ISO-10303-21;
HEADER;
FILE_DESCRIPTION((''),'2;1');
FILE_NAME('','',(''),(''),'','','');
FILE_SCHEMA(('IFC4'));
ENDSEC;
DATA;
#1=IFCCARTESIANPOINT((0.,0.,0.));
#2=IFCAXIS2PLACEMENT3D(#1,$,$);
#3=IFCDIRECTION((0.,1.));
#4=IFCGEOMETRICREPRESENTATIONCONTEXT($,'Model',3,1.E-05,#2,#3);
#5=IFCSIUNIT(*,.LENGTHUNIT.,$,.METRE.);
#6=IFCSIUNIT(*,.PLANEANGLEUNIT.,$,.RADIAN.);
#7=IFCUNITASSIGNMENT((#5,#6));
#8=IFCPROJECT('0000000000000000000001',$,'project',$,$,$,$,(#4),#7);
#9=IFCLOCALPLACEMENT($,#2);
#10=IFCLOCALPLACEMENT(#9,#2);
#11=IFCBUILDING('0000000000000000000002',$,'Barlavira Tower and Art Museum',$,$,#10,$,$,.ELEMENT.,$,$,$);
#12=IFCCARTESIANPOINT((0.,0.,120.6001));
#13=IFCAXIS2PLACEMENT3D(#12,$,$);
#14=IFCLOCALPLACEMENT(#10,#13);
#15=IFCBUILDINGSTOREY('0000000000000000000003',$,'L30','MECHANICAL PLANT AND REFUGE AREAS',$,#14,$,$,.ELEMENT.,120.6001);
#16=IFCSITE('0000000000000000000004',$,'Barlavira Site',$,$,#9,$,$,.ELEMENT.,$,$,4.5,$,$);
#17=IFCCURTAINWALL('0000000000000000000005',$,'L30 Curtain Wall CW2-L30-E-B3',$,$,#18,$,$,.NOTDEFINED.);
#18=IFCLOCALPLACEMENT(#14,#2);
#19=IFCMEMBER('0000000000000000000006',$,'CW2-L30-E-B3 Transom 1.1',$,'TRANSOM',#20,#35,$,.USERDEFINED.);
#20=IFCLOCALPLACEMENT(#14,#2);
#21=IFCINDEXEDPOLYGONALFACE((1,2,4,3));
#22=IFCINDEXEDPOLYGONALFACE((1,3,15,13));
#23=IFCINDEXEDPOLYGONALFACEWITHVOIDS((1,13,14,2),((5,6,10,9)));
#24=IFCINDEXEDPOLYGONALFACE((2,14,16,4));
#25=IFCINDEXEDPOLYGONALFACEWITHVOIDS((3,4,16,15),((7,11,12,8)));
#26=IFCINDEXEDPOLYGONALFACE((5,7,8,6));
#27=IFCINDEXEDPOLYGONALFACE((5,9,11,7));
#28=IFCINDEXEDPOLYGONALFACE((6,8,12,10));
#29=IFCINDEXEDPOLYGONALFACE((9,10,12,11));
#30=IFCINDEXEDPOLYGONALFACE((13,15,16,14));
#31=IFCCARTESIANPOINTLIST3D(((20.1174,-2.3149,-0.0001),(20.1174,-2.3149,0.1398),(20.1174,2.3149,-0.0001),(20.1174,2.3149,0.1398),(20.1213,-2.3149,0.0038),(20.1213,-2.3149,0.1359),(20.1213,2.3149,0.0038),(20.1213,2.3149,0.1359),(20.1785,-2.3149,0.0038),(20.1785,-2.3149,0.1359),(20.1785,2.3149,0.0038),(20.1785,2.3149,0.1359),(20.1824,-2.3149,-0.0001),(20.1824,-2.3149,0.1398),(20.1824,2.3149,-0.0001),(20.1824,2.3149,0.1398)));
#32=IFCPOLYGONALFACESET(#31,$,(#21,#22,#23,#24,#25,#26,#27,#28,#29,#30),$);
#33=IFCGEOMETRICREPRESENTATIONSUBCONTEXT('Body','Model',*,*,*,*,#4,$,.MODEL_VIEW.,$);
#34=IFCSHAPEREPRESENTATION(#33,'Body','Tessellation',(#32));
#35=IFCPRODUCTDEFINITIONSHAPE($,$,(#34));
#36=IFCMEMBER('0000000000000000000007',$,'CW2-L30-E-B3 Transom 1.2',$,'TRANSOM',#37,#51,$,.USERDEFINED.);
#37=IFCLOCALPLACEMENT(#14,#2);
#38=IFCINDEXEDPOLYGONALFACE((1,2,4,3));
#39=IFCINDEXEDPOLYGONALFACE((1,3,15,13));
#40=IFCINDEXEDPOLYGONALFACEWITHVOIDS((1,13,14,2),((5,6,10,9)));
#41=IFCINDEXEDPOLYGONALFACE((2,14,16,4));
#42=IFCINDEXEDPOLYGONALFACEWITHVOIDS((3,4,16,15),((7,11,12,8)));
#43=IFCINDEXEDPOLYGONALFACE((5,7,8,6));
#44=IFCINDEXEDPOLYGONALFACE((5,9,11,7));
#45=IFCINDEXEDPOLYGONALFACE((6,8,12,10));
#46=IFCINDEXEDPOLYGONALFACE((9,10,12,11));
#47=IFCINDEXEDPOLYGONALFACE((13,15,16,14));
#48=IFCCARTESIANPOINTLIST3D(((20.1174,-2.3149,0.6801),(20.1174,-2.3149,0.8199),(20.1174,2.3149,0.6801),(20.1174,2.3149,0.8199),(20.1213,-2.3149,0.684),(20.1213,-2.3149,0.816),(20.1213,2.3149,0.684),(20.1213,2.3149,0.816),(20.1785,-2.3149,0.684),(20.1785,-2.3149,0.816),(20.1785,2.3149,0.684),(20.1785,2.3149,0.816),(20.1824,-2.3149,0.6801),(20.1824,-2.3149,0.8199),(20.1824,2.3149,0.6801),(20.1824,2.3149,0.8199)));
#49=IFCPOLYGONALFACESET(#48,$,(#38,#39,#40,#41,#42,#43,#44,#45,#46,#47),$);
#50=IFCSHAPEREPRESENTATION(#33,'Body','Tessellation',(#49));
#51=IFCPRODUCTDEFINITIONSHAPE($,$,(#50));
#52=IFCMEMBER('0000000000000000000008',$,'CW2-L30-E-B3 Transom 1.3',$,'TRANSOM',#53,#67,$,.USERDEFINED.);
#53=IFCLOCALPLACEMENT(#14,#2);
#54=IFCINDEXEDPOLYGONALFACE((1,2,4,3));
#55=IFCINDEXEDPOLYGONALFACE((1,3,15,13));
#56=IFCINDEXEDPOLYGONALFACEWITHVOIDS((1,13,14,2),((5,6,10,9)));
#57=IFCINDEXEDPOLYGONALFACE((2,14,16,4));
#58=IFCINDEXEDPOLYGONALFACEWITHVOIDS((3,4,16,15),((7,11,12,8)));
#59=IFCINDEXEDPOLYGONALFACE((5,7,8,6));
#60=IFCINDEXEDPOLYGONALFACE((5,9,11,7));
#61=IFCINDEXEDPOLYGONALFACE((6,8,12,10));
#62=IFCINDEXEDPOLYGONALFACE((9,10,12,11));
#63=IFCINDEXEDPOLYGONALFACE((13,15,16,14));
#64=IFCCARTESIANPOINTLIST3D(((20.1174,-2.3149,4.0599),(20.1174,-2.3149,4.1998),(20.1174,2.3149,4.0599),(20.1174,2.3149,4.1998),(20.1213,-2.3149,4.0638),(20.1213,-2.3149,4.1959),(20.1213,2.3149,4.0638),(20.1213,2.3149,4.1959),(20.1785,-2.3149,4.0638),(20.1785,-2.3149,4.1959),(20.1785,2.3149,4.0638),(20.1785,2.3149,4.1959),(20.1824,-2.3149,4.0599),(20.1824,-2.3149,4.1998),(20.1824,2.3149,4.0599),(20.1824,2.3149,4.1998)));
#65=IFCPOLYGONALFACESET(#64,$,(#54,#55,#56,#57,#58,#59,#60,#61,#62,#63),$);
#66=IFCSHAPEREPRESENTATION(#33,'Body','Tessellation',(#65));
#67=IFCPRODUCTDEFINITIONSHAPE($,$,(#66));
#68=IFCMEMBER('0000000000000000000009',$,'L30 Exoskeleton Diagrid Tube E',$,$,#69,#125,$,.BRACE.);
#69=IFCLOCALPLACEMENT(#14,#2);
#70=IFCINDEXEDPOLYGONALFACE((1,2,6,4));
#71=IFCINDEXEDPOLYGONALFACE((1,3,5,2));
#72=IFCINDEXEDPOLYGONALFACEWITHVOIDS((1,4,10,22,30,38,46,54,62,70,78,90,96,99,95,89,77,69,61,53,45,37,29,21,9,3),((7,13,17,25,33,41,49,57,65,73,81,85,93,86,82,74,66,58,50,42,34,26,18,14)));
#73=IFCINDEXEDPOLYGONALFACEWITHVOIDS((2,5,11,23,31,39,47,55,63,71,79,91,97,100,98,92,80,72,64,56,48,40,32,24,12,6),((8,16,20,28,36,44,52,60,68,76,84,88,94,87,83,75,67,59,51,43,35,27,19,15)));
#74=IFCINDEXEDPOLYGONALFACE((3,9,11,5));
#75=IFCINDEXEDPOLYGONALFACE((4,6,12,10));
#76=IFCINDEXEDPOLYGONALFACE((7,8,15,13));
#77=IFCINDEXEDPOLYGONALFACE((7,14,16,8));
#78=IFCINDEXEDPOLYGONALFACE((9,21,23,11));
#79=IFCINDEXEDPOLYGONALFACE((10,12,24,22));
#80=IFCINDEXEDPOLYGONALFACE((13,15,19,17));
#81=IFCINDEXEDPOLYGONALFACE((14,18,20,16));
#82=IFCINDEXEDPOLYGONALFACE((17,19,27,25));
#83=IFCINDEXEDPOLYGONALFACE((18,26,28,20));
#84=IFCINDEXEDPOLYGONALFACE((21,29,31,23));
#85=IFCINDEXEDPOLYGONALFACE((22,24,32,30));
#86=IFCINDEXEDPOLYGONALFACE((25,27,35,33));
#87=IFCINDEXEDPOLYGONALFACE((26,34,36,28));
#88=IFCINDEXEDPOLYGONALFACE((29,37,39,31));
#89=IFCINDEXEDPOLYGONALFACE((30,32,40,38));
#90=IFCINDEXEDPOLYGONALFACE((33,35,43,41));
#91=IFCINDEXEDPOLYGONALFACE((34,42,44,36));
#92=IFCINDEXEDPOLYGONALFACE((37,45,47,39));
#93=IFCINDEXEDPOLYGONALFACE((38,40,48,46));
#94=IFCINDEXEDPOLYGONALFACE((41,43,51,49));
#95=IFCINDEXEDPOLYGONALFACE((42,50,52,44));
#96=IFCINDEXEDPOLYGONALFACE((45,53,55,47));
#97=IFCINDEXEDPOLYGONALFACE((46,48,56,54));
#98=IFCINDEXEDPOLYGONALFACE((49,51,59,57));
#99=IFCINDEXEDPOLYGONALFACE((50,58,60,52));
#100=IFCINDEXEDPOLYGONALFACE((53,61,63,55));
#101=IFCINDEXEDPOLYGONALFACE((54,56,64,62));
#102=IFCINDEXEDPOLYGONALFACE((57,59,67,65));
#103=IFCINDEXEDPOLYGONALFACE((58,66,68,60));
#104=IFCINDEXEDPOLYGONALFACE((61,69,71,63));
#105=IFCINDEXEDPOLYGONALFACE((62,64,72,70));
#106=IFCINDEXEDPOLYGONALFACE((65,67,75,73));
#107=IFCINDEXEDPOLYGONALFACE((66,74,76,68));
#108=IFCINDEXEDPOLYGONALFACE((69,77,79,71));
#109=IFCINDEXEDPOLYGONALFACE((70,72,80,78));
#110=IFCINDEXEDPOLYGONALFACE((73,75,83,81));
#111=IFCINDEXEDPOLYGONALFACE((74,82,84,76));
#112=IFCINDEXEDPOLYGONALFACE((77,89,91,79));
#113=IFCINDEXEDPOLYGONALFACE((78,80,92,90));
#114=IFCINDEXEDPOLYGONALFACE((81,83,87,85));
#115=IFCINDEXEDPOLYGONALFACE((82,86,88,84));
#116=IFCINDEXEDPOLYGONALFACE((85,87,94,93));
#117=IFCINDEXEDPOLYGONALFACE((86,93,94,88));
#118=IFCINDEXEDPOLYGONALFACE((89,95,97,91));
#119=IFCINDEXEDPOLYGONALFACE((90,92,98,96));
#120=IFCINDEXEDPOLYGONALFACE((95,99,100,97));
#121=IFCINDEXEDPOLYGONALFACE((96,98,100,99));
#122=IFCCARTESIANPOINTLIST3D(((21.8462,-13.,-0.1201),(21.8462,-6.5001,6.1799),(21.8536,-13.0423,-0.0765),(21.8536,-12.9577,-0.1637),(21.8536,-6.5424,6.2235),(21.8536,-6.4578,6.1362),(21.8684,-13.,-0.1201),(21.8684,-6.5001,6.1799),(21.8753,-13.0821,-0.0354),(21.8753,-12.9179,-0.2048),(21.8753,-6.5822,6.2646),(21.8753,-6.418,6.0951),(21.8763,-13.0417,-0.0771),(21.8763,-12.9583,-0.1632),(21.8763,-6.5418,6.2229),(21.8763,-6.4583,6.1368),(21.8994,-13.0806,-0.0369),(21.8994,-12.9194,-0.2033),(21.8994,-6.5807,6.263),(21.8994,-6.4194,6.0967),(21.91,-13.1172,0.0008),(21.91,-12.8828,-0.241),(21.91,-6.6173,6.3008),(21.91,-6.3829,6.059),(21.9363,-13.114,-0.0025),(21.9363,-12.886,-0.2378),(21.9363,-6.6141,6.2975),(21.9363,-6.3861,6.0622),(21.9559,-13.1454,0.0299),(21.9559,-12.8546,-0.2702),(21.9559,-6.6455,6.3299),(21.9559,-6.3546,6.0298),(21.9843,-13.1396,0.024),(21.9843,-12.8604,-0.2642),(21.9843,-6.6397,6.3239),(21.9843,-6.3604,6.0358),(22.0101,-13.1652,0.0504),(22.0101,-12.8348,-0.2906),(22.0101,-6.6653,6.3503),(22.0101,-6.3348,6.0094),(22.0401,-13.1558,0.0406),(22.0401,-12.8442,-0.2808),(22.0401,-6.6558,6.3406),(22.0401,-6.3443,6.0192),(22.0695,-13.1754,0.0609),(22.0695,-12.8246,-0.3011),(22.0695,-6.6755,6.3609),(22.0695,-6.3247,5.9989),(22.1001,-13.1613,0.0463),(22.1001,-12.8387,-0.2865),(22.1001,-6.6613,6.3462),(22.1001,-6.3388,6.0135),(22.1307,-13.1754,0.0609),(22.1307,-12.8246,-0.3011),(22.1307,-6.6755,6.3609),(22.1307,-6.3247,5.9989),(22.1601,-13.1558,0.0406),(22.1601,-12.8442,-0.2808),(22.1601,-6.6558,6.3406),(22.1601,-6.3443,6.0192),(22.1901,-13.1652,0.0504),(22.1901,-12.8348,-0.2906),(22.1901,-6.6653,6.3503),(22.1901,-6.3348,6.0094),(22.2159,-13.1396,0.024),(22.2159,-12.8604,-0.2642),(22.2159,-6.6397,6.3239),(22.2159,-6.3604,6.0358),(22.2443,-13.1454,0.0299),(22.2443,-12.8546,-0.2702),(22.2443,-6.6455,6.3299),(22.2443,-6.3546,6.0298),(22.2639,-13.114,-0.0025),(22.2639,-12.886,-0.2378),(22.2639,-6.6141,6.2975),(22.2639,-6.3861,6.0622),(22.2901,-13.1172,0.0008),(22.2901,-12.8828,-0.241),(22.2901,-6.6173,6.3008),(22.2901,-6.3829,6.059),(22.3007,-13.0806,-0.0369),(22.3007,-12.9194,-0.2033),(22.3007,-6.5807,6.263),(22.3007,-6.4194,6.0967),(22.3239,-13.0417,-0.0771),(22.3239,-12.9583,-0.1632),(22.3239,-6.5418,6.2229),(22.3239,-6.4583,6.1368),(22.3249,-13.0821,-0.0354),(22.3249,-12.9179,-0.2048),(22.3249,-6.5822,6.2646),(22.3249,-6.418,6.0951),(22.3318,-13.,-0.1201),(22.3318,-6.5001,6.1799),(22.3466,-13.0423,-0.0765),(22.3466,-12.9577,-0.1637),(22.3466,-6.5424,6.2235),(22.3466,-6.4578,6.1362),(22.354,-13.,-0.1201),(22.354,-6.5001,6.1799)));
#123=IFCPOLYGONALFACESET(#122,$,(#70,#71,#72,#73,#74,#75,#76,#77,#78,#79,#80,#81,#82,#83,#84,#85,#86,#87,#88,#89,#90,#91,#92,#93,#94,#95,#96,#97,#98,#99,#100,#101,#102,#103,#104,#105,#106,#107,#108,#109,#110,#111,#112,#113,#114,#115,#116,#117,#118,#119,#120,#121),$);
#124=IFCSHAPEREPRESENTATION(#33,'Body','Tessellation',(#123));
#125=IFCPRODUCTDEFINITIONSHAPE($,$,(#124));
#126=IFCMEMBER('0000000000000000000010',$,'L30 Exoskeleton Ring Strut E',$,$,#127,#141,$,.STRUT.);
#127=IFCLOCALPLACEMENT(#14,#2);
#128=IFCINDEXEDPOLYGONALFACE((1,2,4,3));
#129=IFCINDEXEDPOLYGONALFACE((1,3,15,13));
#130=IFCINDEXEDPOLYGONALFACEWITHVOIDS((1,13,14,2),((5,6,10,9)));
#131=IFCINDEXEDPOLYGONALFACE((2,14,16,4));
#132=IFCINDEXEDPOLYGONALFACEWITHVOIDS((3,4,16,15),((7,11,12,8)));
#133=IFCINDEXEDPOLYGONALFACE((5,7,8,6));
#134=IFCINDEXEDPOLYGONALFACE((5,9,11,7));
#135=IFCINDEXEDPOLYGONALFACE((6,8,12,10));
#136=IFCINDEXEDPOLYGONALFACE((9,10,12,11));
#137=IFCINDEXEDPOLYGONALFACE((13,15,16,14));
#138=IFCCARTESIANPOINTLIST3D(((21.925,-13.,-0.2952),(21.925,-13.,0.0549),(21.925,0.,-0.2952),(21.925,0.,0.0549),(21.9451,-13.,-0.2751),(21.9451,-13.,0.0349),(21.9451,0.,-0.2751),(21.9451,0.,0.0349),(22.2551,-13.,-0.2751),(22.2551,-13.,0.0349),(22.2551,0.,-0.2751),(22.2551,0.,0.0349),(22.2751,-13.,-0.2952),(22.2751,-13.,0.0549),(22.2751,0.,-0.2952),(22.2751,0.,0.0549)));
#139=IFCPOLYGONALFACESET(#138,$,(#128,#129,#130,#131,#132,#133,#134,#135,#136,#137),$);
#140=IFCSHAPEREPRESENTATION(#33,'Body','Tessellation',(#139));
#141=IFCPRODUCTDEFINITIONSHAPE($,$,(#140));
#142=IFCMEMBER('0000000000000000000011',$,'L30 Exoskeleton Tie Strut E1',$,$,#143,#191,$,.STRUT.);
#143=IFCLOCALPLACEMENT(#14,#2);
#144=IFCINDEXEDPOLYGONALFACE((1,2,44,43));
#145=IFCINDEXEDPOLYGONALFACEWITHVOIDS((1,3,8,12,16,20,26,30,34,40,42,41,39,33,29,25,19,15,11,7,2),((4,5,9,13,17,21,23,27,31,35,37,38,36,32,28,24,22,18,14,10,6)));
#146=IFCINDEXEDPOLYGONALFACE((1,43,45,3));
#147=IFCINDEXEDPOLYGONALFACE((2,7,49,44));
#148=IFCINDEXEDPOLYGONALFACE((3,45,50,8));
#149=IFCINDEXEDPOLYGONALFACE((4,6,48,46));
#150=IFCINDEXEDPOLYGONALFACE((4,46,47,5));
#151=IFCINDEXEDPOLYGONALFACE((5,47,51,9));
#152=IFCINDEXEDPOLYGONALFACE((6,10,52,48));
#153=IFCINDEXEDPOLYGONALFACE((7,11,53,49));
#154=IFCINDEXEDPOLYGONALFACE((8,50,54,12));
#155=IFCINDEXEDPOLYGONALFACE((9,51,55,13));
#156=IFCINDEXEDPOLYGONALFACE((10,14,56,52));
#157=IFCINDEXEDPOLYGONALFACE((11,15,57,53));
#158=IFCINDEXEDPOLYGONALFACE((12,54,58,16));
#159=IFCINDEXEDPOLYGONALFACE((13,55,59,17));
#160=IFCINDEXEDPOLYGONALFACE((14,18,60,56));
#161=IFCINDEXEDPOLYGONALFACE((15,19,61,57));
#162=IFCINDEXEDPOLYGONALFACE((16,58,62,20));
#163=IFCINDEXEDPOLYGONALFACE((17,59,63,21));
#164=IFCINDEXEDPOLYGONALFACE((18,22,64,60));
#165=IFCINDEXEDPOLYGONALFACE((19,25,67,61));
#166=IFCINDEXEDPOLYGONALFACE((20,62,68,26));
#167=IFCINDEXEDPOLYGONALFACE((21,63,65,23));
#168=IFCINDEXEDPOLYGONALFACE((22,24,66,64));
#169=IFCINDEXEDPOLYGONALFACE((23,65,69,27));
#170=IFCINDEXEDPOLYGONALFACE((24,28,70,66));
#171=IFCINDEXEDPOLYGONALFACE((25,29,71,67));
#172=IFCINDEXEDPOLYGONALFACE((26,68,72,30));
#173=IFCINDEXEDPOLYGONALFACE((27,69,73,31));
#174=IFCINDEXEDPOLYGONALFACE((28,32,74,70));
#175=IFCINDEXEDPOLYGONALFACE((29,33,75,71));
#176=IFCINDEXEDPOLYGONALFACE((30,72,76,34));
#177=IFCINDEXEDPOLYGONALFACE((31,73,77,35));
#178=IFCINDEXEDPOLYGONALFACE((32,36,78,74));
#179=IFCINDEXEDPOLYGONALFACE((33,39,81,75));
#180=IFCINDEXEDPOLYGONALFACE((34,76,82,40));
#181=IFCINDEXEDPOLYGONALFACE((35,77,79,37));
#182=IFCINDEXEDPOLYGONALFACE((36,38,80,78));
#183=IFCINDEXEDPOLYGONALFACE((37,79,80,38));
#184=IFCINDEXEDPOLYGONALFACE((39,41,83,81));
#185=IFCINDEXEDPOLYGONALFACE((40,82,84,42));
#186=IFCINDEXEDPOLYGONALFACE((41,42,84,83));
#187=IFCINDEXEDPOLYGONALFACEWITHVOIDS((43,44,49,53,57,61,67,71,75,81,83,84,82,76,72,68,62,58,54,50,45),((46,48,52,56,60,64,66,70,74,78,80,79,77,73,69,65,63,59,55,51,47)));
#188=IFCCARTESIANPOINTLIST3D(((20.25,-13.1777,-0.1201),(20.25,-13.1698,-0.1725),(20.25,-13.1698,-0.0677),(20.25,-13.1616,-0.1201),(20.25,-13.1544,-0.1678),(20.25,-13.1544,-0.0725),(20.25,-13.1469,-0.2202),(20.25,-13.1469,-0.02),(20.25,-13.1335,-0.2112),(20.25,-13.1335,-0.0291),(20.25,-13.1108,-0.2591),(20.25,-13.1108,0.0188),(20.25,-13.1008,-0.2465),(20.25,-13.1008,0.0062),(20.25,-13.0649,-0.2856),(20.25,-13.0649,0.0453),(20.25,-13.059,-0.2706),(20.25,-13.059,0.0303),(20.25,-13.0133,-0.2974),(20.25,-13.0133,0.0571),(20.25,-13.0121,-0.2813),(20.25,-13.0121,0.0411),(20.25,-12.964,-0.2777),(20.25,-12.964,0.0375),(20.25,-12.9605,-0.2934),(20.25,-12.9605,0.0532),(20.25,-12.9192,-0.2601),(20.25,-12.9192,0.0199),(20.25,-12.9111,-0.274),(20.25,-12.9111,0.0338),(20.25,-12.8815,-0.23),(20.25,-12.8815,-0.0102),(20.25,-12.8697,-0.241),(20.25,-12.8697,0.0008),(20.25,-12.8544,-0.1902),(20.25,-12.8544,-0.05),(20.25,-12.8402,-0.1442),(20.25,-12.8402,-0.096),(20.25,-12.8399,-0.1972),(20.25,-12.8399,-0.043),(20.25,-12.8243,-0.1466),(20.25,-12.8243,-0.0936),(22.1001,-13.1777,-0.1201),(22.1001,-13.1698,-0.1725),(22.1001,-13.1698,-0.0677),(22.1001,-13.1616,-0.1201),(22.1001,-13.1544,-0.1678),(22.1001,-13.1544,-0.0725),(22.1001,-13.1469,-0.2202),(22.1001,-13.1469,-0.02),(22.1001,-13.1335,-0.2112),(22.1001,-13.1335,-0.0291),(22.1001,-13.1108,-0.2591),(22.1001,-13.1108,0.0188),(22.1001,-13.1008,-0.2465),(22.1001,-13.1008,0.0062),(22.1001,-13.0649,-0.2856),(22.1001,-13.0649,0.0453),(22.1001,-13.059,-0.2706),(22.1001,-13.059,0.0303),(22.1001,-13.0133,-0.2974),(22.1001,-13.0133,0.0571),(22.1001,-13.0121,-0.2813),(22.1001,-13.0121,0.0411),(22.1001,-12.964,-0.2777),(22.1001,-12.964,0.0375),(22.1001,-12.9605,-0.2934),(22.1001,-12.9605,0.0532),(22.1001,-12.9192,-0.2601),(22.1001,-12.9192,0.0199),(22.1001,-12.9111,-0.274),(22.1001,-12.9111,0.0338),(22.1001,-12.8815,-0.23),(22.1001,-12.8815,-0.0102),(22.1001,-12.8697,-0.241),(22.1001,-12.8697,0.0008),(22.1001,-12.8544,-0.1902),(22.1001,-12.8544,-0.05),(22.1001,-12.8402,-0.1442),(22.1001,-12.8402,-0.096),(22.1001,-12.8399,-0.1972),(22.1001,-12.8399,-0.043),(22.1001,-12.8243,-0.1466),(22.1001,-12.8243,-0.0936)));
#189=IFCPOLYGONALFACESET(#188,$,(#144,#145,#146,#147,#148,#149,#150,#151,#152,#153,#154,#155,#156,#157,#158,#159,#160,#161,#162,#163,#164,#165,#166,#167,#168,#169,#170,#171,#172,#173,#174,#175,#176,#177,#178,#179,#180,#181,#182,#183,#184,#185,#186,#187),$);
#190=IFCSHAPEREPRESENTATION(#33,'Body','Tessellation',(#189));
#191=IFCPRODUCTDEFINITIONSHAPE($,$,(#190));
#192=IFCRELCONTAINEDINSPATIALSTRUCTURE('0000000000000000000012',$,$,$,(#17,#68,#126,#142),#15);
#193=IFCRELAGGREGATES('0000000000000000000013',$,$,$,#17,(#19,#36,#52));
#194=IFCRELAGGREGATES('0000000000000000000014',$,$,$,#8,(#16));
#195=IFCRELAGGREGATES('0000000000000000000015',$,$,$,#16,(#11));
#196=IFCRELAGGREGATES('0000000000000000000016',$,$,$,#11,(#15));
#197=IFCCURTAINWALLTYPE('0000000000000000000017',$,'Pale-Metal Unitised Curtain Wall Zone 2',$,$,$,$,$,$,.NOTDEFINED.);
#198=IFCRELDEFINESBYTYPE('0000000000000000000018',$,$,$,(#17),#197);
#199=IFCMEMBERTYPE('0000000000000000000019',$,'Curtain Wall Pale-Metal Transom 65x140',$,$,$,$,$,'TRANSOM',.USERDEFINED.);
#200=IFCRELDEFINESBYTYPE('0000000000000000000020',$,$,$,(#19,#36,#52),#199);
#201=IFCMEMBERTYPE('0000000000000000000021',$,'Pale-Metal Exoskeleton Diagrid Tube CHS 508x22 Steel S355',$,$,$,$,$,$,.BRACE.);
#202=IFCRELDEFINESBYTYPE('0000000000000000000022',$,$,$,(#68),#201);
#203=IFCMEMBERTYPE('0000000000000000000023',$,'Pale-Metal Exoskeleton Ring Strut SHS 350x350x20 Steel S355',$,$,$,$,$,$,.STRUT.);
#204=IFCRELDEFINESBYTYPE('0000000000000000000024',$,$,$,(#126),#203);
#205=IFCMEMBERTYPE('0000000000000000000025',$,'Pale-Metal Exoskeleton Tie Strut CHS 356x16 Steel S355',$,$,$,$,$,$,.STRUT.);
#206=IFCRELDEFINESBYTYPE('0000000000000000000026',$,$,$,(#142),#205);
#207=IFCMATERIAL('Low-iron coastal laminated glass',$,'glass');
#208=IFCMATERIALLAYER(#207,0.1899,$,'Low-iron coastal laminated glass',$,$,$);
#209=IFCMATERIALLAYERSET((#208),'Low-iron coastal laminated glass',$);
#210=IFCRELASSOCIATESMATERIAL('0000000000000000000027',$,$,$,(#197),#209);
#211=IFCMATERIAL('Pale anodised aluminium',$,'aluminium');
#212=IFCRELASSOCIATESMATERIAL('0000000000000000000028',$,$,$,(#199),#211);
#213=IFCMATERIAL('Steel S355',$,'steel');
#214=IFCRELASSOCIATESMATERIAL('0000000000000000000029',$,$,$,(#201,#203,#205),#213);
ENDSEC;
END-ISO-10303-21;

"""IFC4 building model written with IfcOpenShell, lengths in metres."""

from ifc_helpers import new_model, si_unit, direction, frame, origin, origin_2d, place, context, subcontext, project, spatial, hollow_rectangle, hollow_circle, extrude, material, layer, layer_set, material_profile, profile_set, type_object, element, aggregate, save


model = new_model("IFC4")

# Units and contexts
model_context = context("Model", 3, precision=1e-05, world=origin(), true_north=direction((0.0, 1.0)))
body_context = subcontext(model_context, "Body", "Model", "MODEL_VIEW")
ifc_project = project(units=[si_unit("LENGTHUNIT", "METRE"), si_unit("PLANEANGLEUNIT", "RADIAN")], contexts=[model_context])

# Site, building, storey
site_placement = place(None, origin())
site = spatial("IfcSite", under=ifc_project, at=site_placement, Name="Barlavira Site", CompositionType="ELEMENT", RefElevation=4.5)
building_placement = place(site_placement, origin())
building = spatial("IfcBuilding", under=site, at=building_placement, Name="Barlavira Tower and Art Museum", CompositionType="ELEMENT")
storey_placement = place(building_placement, frame((0.0, 0.0, 120.6001)))
storey = spatial("IfcBuildingStorey", under=building, at=storey_placement, Name="L30", Description="MECHANICAL PLANT AND REFUGE AREAS", CompositionType="ELEMENT", Elevation=120.6001)

# Shared definitions
ifc_material_1 = material(Name="Steel S355", Category="steel")

# Curtain wall, members
ifc_material_2 = material(Name="Low-iron coastal laminated glass", Category="glass")
ifc_layer_1 = layer(ifc_material_2, 0.1899, Name="Low-iron coastal laminated glass")
ifc_layer_set_1 = layer_set([ifc_layer_1], Name="Low-iron coastal laminated glass")
curtain_wall_type = type_object("IfcCurtainWallType", Name="Pale-Metal Unitised Curtain Wall Zone 2", PredefinedType="NOTDEFINED", material=ifc_layer_set_1)
curtain_wall_placement = place(storey_placement, origin())
curtain_wall = element("IfcCurtainWall", 1, at=curtain_wall_placement, inside=storey, type_object=curtain_wall_type, Name="L30 Curtain Wall CW2-L30-E-B3", PredefinedType="NOTDEFINED")
ifc_material_3 = material(Name="Pale anodised aluminium", Category="aluminium")
ifc_material_profile_1 = material_profile(ifc_material_3, hollow_rectangle(XDim=0.0649, YDim=0.1399, WallThickness=0.0039, at=origin_2d()), Name="ALU-TRAN 65x140x4")
ifc_profile_set_1 = profile_set([ifc_material_profile_1], Name="Pale anodised aluminium")
member_type_1 = type_object("IfcMemberType", Name="Curtain Wall Pale-Metal Transom 65x140", ElementType="TRANSOM", PredefinedType="USERDEFINED", material=ifc_profile_set_1)
member_1_placement = place(storey_placement, frame((20.1499, -2.3149, 0.0698), z_axis=(0.0, 1.0, 0.0), x_axis=(-1.0, 0.0, 0.0)))
member_1 = element("IfcMember", 2, at=member_1_placement, type_object=member_type_1, Name="CW2-L30-E-B3 Transom 1.1", ObjectType="TRANSOM", PredefinedType="USERDEFINED", context=body_context, shape_type="SweptSolid", body=[
    extrude(hollow_rectangle(XDim=0.0649, YDim=0.1399, WallThickness=0.0039, at=origin_2d()), origin(), (0.0, 0.0, 1.0), 4.6299),
])
member_2_placement = place(storey_placement, frame((20.1499, -2.3149, 0.75), z_axis=(0.0, 1.0, 0.0), x_axis=(-1.0, 0.0, 0.0)))
member_2 = element("IfcMember", 3, at=member_2_placement, type_object=member_type_1, Name="CW2-L30-E-B3 Transom 1.2", ObjectType="TRANSOM", PredefinedType="USERDEFINED", context=body_context, shape_type="SweptSolid", body=[
    extrude(hollow_rectangle(XDim=0.0649, YDim=0.1399, WallThickness=0.0039, at=origin_2d()), origin(), (0.0, 0.0, 1.0), 4.6299),
])
member_3_placement = place(storey_placement, frame((20.1499, -2.3149, 4.1299), z_axis=(0.0, 1.0, 0.0), x_axis=(-1.0, 0.0, 0.0)))
member_3 = element("IfcMember", 4, at=member_3_placement, type_object=member_type_1, Name="CW2-L30-E-B3 Transom 1.3", ObjectType="TRANSOM", PredefinedType="USERDEFINED", context=body_context, shape_type="SweptSolid", body=[
    extrude(hollow_rectangle(XDim=0.0649, YDim=0.1399, WallThickness=0.0039, at=origin_2d()), origin(), (0.0, 0.0, 1.0), 4.6299),
])

# Members
ifc_material_profile_2 = material_profile(ifc_material_1, hollow_circle(Radius=0.2539, WallThickness=0.0222, at=origin_2d()), Name="CHS 508.0x22.2")
ifc_profile_set_2 = profile_set([ifc_material_profile_2], Name="Steel S355")
member_type_2 = type_object("IfcMemberType", Name="Pale-Metal Exoskeleton Diagrid Tube CHS 508x22 Steel S355", PredefinedType="BRACE", material=ifc_profile_set_2)
member_4_placement = place(storey_placement, frame((22.1001, -13.0, -0.1201), z_axis=(0.0, 0.718065, 0.695976), x_axis=(-1.0, 0.0, 0.0)))
element("IfcMember", 5, at=member_4_placement, inside=storey, type_object=member_type_2, Name="L30 Exoskeleton Diagrid Tube E", PredefinedType="BRACE", context=body_context, shape_type="SweptSolid", body=[
    extrude(hollow_circle(Radius=0.2539, WallThickness=0.0222, at=origin_2d()), origin(), (0.0, 0.0, 1.0), 9.052),
])
ifc_material_profile_3 = material_profile(ifc_material_1, hollow_rectangle(XDim=0.3501, YDim=0.3501, WallThickness=0.02, at=origin_2d()), Name="SHS 350x350x20.0")
ifc_profile_set_3 = profile_set([ifc_material_profile_3], Name="Steel S355")
member_type_3 = type_object("IfcMemberType", Name="Pale-Metal Exoskeleton Ring Strut SHS 350x350x20 Steel S355", PredefinedType="STRUT", material=ifc_profile_set_3)
member_5_placement = place(storey_placement, frame((22.1001, -13.0, -0.1201), z_axis=(0.0, 1.0, 0.0), x_axis=(-1.0, 0.0, 0.0)))
element("IfcMember", 6, at=member_5_placement, inside=storey, type_object=member_type_3, Name="L30 Exoskeleton Ring Strut E", PredefinedType="STRUT", context=body_context, shape_type="SweptSolid", body=[
    extrude(hollow_rectangle(XDim=0.3501, YDim=0.3501, WallThickness=0.02, at=origin_2d()), origin(), (0.0, 0.0, 1.0), 13.0),
])
ifc_material_profile_4 = material_profile(ifc_material_1, hollow_circle(Radius=0.1777, WallThickness=0.0161, at=origin_2d()), Name="CHS 355.6x16.0")
ifc_profile_set_4 = profile_set([ifc_material_profile_4], Name="Steel S355")
member_type_4 = type_object("IfcMemberType", Name="Pale-Metal Exoskeleton Tie Strut CHS 356x16 Steel S355", PredefinedType="STRUT", material=ifc_profile_set_4)
member_6_placement = place(storey_placement, frame((22.1001, -13.0, -0.1201), z_axis=(-1.0, 0.0, 0.0), x_axis=(0.0, -1.0, 0.0)))
element("IfcMember", 7, at=member_6_placement, inside=storey, type_object=member_type_4, Name="L30 Exoskeleton Tie Strut E1", PredefinedType="STRUT", context=body_context, shape_type="SweptSolid", body=[
    extrude(hollow_circle(Radius=0.1777, WallThickness=0.0161, at=origin_2d()), origin(), (0.0, 0.0, 1.0), 1.8501),
])

aggregate(curtain_wall, [member_1, member_2, member_3])

save(model, "model.ifc")
